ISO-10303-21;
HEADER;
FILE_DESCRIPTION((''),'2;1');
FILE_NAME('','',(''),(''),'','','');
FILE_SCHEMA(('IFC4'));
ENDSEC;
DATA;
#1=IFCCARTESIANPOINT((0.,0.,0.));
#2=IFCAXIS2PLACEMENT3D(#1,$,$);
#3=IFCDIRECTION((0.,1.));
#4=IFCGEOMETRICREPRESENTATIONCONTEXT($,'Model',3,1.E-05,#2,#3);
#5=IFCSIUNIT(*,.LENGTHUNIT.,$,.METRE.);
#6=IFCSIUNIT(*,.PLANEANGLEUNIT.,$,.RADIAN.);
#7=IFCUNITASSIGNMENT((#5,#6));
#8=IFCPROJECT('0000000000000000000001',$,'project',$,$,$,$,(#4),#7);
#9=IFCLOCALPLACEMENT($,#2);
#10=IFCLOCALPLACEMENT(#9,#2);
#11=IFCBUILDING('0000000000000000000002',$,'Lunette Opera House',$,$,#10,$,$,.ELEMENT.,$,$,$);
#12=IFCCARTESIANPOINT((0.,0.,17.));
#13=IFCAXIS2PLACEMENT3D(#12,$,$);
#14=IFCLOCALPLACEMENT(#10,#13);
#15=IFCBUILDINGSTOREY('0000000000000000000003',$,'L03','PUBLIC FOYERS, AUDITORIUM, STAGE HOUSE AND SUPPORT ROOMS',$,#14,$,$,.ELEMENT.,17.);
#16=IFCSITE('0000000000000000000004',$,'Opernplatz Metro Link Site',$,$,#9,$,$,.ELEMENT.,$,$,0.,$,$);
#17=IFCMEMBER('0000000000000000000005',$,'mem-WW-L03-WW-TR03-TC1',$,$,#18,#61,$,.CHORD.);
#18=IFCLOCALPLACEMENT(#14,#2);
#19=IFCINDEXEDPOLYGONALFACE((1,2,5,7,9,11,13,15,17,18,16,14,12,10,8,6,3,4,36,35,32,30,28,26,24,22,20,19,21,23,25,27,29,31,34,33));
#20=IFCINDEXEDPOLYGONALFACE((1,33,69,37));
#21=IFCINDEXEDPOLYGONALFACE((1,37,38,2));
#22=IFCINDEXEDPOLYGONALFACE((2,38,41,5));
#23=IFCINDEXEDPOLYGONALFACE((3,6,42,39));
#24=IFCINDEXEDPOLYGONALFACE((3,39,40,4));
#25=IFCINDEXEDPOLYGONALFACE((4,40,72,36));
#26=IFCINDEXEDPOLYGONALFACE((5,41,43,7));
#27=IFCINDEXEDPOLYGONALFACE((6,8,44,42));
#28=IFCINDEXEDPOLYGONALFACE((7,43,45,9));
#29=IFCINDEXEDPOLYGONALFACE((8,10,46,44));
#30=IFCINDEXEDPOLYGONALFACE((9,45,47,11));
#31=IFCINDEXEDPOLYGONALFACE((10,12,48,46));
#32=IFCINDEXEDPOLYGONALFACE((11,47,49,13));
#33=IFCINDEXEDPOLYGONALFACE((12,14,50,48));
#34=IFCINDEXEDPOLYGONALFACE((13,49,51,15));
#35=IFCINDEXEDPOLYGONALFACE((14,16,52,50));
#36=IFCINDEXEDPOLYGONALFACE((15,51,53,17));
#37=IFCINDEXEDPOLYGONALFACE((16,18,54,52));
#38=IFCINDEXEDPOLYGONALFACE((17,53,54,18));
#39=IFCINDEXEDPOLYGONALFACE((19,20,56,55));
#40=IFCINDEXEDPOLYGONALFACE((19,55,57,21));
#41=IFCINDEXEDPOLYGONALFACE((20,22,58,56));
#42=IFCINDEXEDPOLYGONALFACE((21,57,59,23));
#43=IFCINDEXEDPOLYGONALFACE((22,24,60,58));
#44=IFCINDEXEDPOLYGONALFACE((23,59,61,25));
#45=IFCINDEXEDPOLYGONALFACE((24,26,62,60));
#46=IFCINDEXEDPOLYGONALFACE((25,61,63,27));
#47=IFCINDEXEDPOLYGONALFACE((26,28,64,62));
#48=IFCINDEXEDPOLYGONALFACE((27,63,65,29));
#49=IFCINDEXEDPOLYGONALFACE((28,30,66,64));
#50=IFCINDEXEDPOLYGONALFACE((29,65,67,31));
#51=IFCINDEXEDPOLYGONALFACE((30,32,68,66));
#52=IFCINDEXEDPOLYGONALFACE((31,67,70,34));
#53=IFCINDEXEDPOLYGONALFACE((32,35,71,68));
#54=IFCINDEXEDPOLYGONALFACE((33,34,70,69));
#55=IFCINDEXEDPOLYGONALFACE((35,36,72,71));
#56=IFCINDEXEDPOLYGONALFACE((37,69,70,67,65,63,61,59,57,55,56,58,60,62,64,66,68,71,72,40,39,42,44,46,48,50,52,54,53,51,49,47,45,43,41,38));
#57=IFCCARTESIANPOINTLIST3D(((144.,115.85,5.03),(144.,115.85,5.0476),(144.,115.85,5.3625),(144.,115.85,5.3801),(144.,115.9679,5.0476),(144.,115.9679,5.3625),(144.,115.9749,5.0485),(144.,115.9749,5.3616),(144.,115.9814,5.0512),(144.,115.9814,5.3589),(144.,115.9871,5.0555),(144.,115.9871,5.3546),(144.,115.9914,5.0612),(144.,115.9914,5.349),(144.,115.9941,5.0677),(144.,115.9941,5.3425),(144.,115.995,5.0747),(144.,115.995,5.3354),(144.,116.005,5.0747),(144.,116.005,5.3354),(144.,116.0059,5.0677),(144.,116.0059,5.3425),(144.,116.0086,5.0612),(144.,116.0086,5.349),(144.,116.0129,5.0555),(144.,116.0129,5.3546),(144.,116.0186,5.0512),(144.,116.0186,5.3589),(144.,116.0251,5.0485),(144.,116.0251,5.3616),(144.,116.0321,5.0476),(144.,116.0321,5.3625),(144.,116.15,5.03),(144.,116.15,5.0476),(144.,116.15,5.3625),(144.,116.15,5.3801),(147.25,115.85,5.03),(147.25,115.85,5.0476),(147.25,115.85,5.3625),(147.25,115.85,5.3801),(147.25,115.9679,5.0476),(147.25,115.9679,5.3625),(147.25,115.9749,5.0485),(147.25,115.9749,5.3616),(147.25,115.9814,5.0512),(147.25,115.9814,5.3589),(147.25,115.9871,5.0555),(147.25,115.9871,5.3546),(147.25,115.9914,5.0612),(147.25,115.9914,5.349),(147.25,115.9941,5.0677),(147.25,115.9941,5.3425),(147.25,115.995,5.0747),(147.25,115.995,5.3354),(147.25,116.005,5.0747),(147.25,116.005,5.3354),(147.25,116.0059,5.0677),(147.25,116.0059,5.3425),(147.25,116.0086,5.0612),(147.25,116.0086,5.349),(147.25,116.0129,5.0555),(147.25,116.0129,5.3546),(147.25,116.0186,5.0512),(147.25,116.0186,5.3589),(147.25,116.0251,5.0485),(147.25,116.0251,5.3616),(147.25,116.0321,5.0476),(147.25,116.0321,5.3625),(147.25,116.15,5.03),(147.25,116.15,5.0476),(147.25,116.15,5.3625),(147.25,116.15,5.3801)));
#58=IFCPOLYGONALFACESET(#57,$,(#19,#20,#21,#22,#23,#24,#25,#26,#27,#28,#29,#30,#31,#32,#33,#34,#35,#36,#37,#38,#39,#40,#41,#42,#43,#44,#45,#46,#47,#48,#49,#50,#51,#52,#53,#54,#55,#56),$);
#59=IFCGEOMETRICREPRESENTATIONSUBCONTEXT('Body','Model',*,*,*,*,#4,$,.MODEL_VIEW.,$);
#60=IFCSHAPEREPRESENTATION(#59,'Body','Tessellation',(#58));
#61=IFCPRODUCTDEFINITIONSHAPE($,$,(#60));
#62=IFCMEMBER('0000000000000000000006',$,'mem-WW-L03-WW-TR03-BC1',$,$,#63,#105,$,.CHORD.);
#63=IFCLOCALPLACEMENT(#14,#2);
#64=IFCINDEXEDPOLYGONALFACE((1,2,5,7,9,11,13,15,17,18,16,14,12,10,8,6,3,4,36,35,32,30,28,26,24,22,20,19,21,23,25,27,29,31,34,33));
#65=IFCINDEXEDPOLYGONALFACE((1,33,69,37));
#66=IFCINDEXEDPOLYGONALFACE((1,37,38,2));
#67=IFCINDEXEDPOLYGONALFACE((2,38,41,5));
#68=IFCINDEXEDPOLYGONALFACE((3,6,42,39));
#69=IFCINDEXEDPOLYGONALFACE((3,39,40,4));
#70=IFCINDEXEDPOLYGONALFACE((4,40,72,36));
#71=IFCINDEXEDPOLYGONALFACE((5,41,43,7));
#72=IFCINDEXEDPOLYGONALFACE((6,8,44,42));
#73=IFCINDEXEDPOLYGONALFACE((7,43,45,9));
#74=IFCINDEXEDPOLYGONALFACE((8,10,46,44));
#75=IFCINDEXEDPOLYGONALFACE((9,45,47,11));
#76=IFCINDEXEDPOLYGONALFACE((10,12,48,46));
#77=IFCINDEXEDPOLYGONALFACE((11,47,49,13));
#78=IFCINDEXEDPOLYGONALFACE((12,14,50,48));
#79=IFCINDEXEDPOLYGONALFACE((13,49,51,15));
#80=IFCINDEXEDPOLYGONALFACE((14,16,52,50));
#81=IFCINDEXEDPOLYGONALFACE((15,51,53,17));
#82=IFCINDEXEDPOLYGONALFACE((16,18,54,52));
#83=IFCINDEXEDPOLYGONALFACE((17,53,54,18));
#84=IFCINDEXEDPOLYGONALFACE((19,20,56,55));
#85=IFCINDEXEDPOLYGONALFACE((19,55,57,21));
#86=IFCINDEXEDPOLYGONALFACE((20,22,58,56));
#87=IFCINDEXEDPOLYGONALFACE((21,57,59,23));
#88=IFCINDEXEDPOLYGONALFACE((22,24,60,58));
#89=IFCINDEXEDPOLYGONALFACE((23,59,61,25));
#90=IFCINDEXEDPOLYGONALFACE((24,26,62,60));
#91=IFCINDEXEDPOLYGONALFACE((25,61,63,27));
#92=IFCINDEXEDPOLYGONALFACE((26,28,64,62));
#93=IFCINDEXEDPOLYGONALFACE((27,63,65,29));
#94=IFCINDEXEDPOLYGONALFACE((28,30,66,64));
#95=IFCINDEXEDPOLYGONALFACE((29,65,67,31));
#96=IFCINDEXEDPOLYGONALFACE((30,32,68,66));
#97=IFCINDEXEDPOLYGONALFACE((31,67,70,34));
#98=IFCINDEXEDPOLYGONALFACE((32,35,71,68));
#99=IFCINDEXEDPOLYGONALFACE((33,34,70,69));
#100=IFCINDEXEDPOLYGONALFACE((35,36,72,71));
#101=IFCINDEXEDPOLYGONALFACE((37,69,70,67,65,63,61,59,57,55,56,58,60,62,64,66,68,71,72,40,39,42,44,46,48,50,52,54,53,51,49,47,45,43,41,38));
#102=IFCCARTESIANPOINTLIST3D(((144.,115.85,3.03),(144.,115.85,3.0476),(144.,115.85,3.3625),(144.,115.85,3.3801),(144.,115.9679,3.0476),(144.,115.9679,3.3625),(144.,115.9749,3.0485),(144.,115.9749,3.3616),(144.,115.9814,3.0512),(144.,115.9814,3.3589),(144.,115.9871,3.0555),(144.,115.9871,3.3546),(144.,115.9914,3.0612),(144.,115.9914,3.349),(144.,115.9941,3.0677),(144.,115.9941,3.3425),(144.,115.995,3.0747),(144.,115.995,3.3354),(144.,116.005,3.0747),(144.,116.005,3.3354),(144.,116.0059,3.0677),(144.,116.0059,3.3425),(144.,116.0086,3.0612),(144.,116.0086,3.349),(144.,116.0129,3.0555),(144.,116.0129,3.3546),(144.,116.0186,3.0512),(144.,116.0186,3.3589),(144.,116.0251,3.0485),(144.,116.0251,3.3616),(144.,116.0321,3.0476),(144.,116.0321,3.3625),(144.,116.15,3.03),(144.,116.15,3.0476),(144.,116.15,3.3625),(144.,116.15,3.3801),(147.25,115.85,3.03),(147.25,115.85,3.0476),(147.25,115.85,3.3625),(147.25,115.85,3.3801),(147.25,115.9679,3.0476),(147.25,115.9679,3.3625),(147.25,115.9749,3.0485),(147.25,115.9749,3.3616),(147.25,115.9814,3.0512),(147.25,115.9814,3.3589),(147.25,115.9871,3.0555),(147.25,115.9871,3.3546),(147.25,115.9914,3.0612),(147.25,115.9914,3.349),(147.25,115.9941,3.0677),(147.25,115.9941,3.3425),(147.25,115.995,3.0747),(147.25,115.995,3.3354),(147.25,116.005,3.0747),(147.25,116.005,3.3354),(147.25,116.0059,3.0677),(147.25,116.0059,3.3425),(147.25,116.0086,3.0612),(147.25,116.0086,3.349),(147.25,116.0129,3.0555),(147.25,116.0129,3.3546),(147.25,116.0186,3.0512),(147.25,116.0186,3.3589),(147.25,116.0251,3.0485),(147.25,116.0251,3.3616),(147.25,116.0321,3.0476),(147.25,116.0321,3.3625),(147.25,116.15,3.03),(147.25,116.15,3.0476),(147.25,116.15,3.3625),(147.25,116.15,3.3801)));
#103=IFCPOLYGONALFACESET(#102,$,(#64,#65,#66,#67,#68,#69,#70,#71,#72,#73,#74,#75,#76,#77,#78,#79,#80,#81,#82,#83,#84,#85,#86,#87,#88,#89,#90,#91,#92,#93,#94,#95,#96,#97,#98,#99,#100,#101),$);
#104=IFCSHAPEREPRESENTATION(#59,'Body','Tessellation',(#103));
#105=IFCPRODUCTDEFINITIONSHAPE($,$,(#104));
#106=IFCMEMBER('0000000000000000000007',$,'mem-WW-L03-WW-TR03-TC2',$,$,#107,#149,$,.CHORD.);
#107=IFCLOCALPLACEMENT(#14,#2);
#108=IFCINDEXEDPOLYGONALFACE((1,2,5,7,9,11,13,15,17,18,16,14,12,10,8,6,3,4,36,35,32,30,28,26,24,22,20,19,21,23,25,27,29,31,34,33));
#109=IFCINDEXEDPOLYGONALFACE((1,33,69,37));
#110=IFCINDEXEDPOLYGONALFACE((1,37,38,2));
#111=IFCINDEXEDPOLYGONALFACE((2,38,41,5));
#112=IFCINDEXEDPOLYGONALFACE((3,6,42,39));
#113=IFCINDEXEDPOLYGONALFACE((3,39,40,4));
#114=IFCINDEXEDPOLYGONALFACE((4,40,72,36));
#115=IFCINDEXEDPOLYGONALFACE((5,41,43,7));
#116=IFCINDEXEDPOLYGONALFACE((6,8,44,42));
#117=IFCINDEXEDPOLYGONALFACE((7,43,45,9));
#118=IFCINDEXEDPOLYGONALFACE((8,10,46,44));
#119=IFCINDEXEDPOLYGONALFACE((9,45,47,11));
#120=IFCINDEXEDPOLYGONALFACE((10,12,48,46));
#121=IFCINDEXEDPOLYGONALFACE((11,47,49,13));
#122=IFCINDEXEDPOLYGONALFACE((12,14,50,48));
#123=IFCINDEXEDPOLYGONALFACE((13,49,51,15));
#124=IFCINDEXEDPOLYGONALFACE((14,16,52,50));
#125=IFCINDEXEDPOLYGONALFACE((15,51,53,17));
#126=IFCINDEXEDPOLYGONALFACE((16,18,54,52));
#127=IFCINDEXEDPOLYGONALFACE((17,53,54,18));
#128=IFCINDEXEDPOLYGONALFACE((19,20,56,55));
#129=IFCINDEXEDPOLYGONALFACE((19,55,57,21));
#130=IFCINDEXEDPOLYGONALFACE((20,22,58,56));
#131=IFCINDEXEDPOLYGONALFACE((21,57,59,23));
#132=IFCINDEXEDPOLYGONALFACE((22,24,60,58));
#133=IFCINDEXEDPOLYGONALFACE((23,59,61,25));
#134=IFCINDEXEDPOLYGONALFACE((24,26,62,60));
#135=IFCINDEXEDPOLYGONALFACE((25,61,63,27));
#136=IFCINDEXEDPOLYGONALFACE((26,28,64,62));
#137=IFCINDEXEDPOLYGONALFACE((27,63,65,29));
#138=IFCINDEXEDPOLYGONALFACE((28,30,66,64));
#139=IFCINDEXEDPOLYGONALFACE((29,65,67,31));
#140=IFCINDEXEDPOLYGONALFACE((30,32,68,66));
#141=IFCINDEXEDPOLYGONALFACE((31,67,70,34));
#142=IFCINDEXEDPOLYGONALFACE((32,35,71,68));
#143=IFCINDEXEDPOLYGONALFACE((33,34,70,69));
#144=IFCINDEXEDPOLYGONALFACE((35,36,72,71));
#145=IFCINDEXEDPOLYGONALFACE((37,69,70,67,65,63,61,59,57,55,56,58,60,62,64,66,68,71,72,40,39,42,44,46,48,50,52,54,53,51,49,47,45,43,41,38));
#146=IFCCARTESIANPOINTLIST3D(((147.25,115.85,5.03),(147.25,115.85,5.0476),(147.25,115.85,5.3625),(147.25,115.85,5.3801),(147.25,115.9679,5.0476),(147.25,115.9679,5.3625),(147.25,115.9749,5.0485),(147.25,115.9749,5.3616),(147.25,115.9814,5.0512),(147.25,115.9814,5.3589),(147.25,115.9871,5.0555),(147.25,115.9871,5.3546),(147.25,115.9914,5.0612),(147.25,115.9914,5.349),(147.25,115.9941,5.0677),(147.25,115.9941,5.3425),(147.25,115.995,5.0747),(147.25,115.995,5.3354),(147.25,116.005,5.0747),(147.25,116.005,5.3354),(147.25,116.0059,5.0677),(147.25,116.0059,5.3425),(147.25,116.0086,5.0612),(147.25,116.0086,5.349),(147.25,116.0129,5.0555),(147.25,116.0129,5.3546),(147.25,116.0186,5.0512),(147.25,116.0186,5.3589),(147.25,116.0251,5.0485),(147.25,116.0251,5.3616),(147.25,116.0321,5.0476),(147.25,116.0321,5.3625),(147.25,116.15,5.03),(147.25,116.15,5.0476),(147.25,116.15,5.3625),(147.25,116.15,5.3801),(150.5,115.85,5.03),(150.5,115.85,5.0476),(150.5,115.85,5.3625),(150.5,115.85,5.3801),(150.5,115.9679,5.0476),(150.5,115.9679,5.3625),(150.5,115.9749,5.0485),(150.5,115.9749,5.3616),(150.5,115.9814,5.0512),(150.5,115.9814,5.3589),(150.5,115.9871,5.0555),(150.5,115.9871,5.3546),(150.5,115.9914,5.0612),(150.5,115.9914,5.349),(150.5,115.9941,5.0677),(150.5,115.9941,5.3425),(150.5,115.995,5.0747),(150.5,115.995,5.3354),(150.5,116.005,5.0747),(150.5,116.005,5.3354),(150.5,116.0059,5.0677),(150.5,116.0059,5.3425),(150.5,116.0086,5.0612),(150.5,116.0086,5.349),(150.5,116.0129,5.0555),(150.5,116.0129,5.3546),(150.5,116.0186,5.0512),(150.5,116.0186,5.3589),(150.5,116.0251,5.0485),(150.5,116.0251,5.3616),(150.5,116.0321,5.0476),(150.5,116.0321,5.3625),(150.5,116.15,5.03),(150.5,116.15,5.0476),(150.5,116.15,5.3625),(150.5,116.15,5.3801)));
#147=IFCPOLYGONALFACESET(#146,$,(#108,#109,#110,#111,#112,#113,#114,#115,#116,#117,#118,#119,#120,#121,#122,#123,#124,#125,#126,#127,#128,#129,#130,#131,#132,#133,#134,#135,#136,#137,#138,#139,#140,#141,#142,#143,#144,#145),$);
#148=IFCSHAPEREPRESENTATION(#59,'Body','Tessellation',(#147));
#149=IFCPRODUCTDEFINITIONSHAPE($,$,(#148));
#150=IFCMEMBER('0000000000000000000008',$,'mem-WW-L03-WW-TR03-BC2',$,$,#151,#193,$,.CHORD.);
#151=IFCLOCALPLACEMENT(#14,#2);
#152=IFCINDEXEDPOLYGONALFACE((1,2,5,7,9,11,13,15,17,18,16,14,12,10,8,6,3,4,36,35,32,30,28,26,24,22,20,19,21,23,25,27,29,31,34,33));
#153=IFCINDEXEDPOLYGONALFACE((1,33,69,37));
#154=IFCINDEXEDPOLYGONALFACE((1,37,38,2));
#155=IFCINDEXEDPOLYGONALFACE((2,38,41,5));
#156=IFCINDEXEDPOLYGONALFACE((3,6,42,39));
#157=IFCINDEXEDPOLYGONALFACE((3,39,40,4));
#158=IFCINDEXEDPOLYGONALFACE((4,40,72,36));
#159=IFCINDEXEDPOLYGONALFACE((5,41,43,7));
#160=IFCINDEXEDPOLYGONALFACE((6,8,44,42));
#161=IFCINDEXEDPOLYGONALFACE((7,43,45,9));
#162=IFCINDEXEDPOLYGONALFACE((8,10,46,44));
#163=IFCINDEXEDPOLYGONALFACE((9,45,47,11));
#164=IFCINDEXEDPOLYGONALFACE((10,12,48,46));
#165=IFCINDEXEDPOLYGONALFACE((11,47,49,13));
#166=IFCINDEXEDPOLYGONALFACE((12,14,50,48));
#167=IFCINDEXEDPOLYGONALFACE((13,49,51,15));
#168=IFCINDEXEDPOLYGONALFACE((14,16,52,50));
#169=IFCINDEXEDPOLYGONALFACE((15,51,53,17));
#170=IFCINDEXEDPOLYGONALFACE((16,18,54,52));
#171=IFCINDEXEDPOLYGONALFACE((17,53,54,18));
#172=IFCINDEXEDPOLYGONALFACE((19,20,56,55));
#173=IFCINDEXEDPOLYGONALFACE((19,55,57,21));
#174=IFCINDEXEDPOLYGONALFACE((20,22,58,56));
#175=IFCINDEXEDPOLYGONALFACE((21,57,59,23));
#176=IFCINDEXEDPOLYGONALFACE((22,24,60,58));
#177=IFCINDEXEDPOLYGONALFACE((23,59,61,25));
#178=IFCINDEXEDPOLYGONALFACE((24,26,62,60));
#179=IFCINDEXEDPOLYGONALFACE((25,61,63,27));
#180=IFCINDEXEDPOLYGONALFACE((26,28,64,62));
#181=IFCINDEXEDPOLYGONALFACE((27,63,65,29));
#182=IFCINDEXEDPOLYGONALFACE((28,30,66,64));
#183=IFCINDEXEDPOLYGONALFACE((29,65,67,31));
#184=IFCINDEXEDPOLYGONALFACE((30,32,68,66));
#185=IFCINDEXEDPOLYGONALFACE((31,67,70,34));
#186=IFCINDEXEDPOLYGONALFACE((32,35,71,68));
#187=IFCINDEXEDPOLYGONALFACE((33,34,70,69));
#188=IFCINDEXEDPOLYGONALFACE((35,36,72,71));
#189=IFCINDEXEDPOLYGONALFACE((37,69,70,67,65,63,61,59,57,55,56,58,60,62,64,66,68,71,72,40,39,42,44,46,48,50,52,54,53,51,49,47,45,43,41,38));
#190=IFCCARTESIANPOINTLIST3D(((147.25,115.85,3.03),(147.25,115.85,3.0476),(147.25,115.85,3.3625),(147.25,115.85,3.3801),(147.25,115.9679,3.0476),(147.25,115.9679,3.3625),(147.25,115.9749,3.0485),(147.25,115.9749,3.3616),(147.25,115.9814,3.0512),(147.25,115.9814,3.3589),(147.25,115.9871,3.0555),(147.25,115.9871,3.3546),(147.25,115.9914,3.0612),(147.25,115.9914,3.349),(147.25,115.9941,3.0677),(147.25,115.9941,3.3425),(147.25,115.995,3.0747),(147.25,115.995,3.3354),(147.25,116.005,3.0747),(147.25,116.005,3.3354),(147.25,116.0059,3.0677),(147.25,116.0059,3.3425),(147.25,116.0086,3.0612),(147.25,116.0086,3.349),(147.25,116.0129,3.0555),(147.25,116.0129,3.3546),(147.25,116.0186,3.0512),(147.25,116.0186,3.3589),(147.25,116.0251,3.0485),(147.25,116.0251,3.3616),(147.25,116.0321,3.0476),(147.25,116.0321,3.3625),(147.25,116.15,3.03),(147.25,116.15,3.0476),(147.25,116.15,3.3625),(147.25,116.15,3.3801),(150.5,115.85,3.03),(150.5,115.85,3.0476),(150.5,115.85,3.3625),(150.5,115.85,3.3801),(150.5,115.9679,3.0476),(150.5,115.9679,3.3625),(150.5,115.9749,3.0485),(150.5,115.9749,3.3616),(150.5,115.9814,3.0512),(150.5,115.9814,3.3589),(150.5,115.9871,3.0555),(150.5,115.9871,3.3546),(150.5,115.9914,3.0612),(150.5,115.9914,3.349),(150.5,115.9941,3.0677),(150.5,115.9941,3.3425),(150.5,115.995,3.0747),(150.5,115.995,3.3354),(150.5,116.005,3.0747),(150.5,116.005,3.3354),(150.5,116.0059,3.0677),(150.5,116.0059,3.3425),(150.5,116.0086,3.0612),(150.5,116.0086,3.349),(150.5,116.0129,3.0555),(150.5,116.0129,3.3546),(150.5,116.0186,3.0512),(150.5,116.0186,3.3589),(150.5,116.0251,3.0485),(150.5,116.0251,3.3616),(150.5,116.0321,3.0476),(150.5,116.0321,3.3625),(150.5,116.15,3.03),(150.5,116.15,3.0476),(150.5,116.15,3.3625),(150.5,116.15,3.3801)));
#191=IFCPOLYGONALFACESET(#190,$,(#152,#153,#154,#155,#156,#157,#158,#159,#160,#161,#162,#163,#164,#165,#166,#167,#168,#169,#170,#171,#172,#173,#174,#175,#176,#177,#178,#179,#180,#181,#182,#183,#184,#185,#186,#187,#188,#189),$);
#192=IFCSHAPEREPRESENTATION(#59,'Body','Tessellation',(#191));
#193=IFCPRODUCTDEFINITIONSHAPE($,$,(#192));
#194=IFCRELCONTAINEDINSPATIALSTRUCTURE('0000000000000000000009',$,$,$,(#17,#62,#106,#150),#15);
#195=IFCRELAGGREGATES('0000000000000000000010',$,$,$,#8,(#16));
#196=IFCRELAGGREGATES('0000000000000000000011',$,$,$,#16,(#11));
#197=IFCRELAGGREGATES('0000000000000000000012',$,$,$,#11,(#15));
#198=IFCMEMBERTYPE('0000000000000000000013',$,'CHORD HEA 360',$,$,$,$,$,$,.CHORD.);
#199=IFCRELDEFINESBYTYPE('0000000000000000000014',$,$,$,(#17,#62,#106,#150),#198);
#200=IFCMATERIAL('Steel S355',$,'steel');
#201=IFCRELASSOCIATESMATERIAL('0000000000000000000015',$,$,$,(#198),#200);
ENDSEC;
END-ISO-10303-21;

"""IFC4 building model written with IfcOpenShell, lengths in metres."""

from ifc_helpers import new_model, si_unit, direction, frame, origin, origin_2d, place, context, subcontext, project, spatial, i_section, extrude, material, material_profile, profile_set, type_object, element, save


model = new_model("IFC4")

# Units and contexts
model_context = context("Model", 3, precision=1e-05, world=origin(), true_north=direction((0.0, 1.0)))
body_context = subcontext(model_context, "Body", "Model", "MODEL_VIEW")
ifc_project = project(units=[si_unit("LENGTHUNIT", "METRE"), si_unit("PLANEANGLEUNIT", "RADIAN")], contexts=[model_context])

# Site, building, storey
site_placement = place(None, origin())
site = spatial("IfcSite", under=ifc_project, at=site_placement, Name="Opernplatz Metro Link Site", CompositionType="ELEMENT", RefElevation=0.0)
building_placement = place(site_placement, origin())
building = spatial("IfcBuilding", under=site, at=building_placement, Name="Lunette Opera House", CompositionType="ELEMENT")
storey_placement = place(building_placement, frame((0.0, 0.0, 17.0)))
storey = spatial("IfcBuildingStorey", under=building, at=storey_placement, Name="L03", Description="PUBLIC FOYERS, AUDITORIUM, STAGE HOUSE AND SUPPORT ROOMS", CompositionType="ELEMENT", Elevation=17.0)

# Members
ifc_material_1 = material(Name="Steel S355", Category="steel")
ifc_material_profile_1 = material_profile(ifc_material_1, i_section(OverallWidth=0.3, OverallDepth=0.3501, WebThickness=0.01, FlangeThickness=0.0176, FilletRadius=0.0271, at=origin_2d()), Name="HEA 360")
ifc_profile_set_1 = profile_set([ifc_material_profile_1], Name="Steel S355")
member_type_1 = type_object("IfcMemberType", Name="CHORD HEA 360", PredefinedType="CHORD", material=ifc_profile_set_1)
for number, where, z_axis, x_axis, name in (
    (1, (144.0, 116.0, 5.2051), (1.0, 0.0, 0.0), (0.0, 1.0, 0.0), "mem-WW-L03-WW-TR03-TC1"),
    (2, (144.0, 116.0, 3.2051), (1.0, 0.0, 0.0), (0.0, 1.0, 0.0), "mem-WW-L03-WW-TR03-BC1"),
    (3, (147.25, 116.0, 5.2051), (1.0, 0.0, 0.0), (0.0, 1.0, 0.0), "mem-WW-L03-WW-TR03-TC2"),
    (4, (147.25, 116.0, 3.2051), (1.0, 0.0, 0.0), (0.0, 1.0, 0.0), "mem-WW-L03-WW-TR03-BC2"),
):
    element("IfcMember", number, at=place(storey_placement, frame(where, z_axis=z_axis, x_axis=x_axis)), inside=storey, type_object=member_type_1, Name=name, PredefinedType="CHORD", context=body_context, shape_type="SweptSolid", body=[
        extrude(i_section(OverallWidth=0.3, OverallDepth=0.3501, WebThickness=0.01, FlangeThickness=0.0176, FilletRadius=0.0271, at=origin_2d()), origin(), (0.0, 0.0, 1.0), 3.25),
    ])

save(model, "model.ifc")
